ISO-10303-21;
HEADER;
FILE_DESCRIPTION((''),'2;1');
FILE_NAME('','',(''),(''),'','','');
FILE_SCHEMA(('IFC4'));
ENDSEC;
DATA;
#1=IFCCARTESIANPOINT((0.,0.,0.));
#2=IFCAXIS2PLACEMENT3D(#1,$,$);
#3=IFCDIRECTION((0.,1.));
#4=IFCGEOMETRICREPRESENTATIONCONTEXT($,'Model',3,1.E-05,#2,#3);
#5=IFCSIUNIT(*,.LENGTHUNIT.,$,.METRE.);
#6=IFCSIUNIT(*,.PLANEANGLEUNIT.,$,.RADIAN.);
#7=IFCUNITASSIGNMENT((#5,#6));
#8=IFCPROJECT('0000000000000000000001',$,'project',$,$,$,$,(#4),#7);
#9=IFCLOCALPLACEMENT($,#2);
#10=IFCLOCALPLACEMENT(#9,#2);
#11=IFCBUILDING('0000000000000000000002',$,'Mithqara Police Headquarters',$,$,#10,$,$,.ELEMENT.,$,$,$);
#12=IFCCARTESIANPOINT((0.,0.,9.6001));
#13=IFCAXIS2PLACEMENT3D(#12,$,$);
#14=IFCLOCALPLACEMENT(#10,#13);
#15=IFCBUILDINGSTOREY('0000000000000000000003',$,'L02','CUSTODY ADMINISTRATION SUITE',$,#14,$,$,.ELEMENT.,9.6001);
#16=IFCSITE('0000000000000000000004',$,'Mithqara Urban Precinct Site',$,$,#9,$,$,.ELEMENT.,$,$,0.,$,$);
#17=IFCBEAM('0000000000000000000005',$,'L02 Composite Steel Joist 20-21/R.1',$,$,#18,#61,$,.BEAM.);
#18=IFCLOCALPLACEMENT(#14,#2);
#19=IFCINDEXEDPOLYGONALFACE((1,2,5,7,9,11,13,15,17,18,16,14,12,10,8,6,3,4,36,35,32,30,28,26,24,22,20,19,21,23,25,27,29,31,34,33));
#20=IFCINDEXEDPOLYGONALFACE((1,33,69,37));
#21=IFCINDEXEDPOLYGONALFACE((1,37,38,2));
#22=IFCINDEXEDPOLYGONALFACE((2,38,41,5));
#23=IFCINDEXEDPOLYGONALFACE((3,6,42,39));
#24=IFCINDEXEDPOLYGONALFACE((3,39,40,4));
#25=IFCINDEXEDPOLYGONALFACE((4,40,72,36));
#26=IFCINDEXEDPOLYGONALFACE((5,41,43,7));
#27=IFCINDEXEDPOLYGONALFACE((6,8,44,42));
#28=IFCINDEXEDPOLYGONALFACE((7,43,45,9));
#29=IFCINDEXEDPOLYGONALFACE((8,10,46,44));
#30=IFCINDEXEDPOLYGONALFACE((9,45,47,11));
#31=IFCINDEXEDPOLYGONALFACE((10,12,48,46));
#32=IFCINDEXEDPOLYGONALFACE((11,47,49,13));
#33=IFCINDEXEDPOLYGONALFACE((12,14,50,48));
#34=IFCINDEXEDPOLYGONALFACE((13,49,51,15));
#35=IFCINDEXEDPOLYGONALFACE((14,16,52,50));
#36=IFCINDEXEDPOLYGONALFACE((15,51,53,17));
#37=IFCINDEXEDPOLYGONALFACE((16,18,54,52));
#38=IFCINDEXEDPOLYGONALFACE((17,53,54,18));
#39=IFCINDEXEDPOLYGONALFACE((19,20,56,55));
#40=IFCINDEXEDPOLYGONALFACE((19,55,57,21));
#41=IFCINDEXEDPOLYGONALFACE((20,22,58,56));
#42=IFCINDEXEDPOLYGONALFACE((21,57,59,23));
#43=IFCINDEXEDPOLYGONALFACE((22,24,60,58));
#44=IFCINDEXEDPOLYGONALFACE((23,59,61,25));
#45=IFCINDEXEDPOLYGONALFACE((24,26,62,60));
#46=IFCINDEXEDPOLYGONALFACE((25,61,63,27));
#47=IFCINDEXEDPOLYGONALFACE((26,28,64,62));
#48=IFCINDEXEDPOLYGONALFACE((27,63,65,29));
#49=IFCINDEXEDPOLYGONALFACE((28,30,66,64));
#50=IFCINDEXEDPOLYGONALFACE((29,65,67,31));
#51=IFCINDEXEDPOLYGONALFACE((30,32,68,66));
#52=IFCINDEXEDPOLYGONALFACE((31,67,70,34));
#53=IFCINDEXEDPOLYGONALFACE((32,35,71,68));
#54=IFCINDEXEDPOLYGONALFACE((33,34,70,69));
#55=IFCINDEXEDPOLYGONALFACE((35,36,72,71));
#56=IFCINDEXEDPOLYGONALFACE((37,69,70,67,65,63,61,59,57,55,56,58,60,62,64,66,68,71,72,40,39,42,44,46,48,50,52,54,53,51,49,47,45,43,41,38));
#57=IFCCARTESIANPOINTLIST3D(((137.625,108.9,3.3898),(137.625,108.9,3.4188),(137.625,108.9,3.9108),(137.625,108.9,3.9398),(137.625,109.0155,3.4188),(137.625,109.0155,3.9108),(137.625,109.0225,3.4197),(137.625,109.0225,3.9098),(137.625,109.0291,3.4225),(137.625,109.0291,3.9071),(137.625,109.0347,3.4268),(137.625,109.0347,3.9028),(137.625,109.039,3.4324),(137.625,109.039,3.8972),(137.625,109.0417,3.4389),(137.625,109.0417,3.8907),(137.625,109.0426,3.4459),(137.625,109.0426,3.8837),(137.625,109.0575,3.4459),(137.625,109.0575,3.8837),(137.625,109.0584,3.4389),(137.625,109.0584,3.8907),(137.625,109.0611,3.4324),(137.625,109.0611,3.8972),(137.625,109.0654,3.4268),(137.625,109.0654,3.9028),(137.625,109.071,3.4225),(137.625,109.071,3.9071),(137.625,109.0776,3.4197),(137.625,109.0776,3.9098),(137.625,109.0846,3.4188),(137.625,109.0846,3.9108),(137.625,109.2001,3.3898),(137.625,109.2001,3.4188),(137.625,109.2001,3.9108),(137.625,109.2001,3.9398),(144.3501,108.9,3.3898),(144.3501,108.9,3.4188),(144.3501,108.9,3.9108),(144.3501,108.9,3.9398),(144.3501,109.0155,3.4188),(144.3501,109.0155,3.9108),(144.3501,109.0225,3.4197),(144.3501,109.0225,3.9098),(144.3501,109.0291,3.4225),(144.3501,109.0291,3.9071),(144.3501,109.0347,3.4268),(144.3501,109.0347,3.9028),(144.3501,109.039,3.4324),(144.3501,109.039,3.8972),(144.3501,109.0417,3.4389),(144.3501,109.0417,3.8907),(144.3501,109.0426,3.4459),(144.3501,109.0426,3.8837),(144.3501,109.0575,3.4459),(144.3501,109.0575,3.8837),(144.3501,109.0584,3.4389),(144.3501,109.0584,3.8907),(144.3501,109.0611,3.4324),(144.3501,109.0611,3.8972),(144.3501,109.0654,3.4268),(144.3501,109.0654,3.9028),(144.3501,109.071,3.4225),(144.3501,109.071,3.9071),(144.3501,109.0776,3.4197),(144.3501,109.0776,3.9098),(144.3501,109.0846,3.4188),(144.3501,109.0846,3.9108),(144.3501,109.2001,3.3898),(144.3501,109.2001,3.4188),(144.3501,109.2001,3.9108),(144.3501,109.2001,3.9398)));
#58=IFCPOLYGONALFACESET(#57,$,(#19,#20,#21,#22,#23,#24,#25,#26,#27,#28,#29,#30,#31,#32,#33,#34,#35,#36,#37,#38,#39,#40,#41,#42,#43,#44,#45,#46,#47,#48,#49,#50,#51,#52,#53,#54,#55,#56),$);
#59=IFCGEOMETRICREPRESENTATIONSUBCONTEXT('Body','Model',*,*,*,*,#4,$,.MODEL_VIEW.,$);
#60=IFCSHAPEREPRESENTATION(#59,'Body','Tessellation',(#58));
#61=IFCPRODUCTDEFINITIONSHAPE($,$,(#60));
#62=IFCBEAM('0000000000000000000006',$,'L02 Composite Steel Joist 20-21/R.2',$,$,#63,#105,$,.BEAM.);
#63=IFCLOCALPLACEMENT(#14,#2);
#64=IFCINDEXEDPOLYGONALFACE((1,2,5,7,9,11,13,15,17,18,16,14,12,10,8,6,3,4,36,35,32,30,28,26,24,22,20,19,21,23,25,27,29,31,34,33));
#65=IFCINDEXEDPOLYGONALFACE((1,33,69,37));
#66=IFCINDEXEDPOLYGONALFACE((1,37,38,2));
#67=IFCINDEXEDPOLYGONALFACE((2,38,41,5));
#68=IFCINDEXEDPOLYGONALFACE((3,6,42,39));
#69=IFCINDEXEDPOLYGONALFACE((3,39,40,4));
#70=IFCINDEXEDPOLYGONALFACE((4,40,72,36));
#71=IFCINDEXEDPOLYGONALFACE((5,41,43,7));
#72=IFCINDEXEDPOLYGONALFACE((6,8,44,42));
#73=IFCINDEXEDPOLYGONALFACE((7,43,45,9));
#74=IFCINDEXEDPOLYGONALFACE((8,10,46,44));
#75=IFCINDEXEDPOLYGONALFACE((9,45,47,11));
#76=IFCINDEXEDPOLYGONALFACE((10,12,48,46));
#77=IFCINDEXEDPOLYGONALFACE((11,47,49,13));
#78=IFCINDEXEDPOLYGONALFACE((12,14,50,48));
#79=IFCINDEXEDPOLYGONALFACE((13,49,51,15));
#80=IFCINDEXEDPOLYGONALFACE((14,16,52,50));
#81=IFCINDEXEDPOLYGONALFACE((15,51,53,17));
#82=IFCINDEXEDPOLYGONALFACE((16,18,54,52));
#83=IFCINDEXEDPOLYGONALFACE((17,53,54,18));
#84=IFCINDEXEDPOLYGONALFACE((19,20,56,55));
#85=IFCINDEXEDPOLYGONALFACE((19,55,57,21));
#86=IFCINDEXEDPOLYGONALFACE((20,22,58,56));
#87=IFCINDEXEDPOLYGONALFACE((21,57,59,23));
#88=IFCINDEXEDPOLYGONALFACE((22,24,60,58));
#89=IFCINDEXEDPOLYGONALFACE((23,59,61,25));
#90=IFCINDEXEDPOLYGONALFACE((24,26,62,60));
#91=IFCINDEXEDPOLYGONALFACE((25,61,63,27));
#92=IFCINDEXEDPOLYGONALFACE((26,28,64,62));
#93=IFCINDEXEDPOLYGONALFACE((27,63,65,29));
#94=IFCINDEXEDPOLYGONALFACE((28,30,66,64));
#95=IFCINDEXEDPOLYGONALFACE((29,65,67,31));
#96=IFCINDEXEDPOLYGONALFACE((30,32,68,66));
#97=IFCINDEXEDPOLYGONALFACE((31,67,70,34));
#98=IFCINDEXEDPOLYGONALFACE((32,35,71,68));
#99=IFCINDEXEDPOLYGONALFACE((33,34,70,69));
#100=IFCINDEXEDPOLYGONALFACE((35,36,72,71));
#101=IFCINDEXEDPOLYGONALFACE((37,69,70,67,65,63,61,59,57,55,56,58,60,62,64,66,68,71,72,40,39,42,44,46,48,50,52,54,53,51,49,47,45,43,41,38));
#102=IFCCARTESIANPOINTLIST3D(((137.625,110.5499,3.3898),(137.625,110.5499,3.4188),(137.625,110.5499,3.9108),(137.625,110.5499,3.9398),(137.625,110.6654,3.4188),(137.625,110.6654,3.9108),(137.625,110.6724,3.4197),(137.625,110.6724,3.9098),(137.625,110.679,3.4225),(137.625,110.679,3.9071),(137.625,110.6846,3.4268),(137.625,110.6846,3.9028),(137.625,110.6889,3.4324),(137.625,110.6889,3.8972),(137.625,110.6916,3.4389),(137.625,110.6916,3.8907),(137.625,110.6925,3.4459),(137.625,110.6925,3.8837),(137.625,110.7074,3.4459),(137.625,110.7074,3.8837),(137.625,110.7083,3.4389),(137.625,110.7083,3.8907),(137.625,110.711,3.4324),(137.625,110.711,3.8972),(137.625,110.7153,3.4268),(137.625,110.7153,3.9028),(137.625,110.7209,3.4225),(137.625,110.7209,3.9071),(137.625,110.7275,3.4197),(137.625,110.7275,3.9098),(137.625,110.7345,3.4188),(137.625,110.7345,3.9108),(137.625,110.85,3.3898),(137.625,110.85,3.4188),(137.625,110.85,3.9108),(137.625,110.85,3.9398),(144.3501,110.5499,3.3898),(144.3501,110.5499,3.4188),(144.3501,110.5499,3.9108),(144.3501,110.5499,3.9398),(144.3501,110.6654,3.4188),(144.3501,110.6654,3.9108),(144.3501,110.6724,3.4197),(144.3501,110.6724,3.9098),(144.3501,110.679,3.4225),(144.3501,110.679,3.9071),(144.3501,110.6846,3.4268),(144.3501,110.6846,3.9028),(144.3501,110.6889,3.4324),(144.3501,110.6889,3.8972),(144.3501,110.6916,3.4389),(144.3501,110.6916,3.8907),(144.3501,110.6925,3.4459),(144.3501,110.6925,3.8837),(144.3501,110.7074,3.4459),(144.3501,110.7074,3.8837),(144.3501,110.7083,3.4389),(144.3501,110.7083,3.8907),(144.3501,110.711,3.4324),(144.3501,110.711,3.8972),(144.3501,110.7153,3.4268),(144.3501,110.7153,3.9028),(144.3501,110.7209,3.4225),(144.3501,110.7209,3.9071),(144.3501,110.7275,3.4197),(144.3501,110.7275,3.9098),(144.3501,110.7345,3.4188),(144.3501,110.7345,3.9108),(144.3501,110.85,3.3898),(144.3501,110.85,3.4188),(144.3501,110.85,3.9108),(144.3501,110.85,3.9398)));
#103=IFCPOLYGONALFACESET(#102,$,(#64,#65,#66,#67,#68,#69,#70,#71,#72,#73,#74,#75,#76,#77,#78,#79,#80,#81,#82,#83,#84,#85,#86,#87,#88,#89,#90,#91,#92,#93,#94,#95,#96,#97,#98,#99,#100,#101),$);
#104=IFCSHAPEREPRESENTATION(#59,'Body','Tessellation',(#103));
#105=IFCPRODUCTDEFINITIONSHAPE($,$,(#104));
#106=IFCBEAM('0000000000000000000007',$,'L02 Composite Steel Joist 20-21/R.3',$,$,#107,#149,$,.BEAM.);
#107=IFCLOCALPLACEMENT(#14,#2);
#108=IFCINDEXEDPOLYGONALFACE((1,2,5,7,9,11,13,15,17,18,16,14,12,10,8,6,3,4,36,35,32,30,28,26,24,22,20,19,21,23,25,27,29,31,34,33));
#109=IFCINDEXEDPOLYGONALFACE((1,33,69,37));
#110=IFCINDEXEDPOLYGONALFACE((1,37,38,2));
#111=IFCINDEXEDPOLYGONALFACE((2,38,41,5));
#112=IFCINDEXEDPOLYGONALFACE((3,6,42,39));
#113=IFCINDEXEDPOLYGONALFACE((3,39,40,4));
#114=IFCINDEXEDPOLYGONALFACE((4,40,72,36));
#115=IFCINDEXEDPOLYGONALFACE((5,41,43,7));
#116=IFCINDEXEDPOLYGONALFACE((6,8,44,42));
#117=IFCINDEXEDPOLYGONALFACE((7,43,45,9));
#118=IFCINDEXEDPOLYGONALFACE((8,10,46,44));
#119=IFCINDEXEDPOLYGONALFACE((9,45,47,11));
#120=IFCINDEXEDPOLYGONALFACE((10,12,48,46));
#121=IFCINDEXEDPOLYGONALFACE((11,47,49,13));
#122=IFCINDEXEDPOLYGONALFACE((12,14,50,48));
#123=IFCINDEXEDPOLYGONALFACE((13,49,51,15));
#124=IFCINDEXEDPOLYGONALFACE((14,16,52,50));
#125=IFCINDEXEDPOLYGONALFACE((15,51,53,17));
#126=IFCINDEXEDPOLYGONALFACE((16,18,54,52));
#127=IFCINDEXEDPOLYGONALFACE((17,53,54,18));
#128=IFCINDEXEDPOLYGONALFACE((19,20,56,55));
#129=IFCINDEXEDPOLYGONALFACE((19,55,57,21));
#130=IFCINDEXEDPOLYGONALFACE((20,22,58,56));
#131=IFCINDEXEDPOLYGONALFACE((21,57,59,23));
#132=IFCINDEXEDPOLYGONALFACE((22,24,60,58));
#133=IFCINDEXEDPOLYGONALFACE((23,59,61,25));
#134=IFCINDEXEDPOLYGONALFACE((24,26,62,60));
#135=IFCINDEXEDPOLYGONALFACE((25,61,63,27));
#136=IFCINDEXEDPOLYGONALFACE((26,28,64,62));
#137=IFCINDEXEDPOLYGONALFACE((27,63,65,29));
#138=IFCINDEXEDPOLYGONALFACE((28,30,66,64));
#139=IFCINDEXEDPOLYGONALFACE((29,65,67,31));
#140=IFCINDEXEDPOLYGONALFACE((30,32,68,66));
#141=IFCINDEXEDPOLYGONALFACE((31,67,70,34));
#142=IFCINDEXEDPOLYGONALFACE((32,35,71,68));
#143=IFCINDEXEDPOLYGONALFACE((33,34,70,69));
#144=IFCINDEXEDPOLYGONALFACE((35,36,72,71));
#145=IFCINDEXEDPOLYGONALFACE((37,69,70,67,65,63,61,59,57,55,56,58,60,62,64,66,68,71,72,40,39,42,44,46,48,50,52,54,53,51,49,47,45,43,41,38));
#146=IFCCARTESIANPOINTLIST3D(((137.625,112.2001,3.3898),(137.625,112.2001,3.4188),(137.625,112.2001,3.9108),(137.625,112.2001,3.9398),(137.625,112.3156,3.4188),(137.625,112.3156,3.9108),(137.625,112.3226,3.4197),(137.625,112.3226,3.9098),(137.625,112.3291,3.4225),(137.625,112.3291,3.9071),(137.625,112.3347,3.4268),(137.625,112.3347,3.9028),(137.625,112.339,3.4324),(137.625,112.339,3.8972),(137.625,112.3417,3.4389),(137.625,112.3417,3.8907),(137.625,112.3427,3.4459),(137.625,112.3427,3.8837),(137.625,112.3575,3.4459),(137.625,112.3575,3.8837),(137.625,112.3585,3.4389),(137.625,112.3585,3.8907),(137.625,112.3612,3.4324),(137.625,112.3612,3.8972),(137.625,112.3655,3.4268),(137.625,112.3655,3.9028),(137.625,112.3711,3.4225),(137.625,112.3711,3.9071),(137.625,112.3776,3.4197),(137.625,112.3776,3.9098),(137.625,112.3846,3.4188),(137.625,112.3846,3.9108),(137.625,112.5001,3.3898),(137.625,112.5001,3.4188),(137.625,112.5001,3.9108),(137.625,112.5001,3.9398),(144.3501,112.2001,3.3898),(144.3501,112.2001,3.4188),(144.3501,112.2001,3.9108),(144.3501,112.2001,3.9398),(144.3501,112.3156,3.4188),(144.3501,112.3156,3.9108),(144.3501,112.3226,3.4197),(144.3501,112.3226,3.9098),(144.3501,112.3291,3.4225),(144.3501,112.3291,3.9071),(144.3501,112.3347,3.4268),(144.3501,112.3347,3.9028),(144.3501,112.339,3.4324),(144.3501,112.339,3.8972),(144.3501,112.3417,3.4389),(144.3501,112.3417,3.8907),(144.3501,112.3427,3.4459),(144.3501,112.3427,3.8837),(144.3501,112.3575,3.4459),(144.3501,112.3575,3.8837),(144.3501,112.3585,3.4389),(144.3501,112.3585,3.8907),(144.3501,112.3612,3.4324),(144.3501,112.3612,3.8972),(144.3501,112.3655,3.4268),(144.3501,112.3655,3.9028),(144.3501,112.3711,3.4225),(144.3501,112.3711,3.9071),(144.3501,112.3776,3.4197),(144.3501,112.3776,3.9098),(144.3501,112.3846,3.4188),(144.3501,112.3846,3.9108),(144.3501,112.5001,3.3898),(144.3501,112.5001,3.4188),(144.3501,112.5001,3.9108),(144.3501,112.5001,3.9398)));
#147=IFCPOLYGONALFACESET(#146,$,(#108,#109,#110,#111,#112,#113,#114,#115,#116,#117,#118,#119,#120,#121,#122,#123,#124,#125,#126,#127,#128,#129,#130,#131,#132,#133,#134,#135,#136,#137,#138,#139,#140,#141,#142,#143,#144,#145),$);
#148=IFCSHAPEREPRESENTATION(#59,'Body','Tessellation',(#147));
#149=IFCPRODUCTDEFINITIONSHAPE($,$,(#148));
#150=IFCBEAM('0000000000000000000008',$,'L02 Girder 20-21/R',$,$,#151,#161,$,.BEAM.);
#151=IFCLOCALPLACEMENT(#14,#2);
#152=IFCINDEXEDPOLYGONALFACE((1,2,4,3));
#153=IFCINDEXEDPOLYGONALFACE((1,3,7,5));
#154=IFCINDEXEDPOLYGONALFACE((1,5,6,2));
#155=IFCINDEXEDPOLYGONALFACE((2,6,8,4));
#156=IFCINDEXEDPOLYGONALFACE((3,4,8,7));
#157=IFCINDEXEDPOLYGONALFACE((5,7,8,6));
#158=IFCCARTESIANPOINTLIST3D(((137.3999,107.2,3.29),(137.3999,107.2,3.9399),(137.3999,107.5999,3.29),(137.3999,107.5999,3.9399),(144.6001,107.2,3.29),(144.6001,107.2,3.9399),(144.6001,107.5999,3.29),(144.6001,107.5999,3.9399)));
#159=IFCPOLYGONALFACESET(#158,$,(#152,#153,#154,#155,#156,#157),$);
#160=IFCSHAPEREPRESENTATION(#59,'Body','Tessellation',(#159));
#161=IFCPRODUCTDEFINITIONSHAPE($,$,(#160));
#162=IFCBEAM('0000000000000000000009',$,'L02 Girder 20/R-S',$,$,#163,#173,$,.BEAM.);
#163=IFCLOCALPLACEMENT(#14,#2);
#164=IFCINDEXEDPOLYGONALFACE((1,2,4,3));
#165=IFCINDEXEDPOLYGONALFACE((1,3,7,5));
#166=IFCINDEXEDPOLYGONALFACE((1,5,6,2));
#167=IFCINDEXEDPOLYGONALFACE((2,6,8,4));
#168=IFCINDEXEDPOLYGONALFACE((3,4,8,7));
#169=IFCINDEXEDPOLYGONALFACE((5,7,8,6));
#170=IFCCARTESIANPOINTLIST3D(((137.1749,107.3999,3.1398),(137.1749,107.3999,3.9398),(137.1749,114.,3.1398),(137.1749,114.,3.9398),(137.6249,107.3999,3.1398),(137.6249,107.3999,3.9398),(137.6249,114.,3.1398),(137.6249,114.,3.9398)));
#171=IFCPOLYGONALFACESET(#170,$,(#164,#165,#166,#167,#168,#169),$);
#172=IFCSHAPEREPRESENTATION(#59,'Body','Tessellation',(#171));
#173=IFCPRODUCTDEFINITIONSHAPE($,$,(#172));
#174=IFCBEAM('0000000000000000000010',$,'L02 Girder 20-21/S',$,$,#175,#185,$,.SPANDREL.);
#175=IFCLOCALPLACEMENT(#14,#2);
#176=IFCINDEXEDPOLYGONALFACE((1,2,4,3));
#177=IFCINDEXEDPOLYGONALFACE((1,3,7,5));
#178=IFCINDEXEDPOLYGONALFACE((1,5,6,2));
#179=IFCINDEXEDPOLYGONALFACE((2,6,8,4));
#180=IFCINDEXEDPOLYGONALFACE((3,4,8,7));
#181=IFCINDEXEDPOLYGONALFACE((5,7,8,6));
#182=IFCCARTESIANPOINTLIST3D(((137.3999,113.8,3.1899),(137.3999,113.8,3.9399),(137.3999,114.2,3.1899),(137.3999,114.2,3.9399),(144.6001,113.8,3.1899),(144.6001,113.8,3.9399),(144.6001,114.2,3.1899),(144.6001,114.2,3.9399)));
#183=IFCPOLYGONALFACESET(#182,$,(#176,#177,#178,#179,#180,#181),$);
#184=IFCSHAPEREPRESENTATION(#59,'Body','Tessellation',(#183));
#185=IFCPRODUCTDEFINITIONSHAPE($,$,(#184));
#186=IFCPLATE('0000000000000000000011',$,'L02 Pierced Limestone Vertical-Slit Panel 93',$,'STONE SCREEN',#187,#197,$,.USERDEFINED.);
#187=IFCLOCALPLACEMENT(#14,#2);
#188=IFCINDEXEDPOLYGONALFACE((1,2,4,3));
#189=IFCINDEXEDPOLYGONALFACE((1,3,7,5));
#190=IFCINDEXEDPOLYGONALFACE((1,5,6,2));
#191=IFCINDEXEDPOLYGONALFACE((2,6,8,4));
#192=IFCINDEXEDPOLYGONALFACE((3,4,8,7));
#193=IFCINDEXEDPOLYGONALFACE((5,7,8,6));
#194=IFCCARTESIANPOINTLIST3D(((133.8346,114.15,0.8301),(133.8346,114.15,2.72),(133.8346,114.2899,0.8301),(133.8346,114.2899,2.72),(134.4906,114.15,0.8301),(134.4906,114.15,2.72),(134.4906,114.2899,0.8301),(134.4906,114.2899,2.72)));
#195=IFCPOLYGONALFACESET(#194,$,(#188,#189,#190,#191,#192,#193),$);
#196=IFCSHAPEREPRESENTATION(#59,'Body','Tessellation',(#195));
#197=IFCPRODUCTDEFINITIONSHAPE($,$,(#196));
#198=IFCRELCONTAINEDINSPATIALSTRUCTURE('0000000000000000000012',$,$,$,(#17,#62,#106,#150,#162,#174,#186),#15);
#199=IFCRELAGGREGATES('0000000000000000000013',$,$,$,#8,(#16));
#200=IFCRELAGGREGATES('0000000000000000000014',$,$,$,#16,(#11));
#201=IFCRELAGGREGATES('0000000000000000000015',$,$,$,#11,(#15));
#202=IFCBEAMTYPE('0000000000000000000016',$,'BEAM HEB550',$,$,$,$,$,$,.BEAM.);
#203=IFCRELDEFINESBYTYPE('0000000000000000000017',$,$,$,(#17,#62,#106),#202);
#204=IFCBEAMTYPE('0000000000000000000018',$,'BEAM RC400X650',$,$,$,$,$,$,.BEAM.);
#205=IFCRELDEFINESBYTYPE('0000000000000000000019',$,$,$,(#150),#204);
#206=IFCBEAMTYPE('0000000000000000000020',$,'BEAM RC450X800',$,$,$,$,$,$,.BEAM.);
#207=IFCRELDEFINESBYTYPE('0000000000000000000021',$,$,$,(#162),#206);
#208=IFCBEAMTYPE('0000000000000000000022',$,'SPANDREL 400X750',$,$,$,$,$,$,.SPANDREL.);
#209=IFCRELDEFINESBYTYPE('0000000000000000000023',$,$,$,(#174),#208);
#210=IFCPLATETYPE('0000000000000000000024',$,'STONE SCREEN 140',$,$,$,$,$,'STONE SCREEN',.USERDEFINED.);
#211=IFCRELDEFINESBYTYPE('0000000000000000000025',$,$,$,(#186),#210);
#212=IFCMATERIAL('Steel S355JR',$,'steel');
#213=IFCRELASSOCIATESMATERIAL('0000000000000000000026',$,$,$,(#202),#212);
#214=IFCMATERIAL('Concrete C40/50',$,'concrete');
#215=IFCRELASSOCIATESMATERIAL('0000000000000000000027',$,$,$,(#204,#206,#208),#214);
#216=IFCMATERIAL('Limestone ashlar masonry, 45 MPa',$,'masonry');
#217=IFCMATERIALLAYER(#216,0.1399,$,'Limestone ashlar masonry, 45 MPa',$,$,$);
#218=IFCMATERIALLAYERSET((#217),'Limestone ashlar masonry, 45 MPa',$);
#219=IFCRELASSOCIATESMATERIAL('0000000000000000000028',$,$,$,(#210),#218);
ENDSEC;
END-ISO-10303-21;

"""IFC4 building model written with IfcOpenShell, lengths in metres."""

from ifc_helpers import new_model, si_unit, direction, frame, origin, origin_2d, place, context, subcontext, project, spatial, rectangle, i_section, extrude, material, layer, layer_set, material_profile, profile_set, type_object, element, save


model = new_model("IFC4")

# Units and contexts
model_context = context("Model", 3, precision=1e-05, world=origin(), true_north=direction((0.0, 1.0)))
body_context = subcontext(model_context, "Body", "Model", "MODEL_VIEW")
ifc_project = project(units=[si_unit("LENGTHUNIT", "METRE"), si_unit("PLANEANGLEUNIT", "RADIAN")], contexts=[model_context])

# Site, building, storey
site_placement = place(None, origin())
site = spatial("IfcSite", under=ifc_project, at=site_placement, Name="Mithqara Urban Precinct Site", CompositionType="ELEMENT", RefElevation=0.0)
building_placement = place(site_placement, origin())
building = spatial("IfcBuilding", under=site, at=building_placement, Name="Mithqara Police Headquarters", CompositionType="ELEMENT")
storey_placement = place(building_placement, frame((0.0, 0.0, 9.6001)))
storey = spatial("IfcBuildingStorey", under=building, at=storey_placement, Name="L02", Description="CUSTODY ADMINISTRATION SUITE", CompositionType="ELEMENT", Elevation=9.6001)

# Beams
ifc_material_1 = material(Name="Steel S355JR", Category="steel")
ifc_material_profile_1 = material_profile(ifc_material_1, i_section(OverallWidth=0.3, OverallDepth=0.55, WebThickness=0.0149, FlangeThickness=0.0291, FilletRadius=0.0271, at=origin_2d()), Name="HEB 550")
ifc_profile_set_1 = profile_set([ifc_material_profile_1], Name="Steel S355JR")
beam_type_1 = type_object("IfcBeamType", Name="BEAM HEB550", PredefinedType="BEAM", material=ifc_profile_set_1)
for number, where, z_axis, x_axis, name in (
    (1, (137.625, 109.05, 3.6648), (1.0, 0.0, 0.0), (0.0, 1.0, 0.0), "L02 Composite Steel Joist 20-21/R.1"),
    (2, (137.625, 110.7, 3.6648), (1.0, 0.0, 0.0), (0.0, 1.0, 0.0), "L02 Composite Steel Joist 20-21/R.2"),
    (3, (137.625, 112.3501, 3.6648), (1.0, 0.0, 0.0), (0.0, 1.0, 0.0), "L02 Composite Steel Joist 20-21/R.3"),
):
    element("IfcBeam", number, at=place(storey_placement, frame(where, z_axis=z_axis, x_axis=x_axis)), inside=storey, type_object=beam_type_1, Name=name, PredefinedType="BEAM", context=body_context, shape_type="SweptSolid", body=[
        extrude(i_section(OverallWidth=0.3, OverallDepth=0.55, WebThickness=0.0149, FlangeThickness=0.0291, FilletRadius=0.0271, at=origin_2d()), origin(), (0.0, 0.0, 1.0), 6.7251),
    ])
ifc_material_2 = material(Name="Concrete C40/50", Category="concrete")
ifc_material_profile_2 = material_profile(ifc_material_2, rectangle(XDim=0.3999, YDim=0.6499, at=origin_2d()), Name="RC 400x650")
ifc_profile_set_2 = profile_set([ifc_material_profile_2], Name="Concrete C40/50")
beam_type_2 = type_object("IfcBeamType", Name="BEAM RC400X650", PredefinedType="BEAM", material=ifc_profile_set_2)
beam_1_placement = place(storey_placement, frame((137.3999, 107.3999, 3.615), z_axis=(1.0, 0.0, 0.0), x_axis=(0.0, 1.0, 0.0)))
element("IfcBeam", 4, at=beam_1_placement, inside=storey, type_object=beam_type_2, Name="L02 Girder 20-21/R", PredefinedType="BEAM", context=body_context, shape_type="SweptSolid", body=[
    extrude(rectangle(XDim=0.3999, YDim=0.6499, at=origin_2d()), origin(), (0.0, 0.0, 1.0), 7.2002),
])
ifc_material_profile_3 = material_profile(ifc_material_2, rectangle(XDim=0.45, YDim=0.8, at=origin_2d()), Name="RC 450x800")
ifc_profile_set_3 = profile_set([ifc_material_profile_3], Name="Concrete C40/50")
beam_type_3 = type_object("IfcBeamType", Name="BEAM RC450X800", PredefinedType="BEAM", material=ifc_profile_set_3)
beam_2_placement = place(storey_placement, frame((137.3999, 107.3999, 3.5398), z_axis=(0.0, 1.0, 0.0), x_axis=(-1.0, 0.0, 0.0)))
element("IfcBeam", 5, at=beam_2_placement, inside=storey, type_object=beam_type_3, Name="L02 Girder 20/R-S", PredefinedType="BEAM", context=body_context, shape_type="SweptSolid", body=[
    extrude(rectangle(XDim=0.45, YDim=0.8, at=origin_2d()), origin(), (0.0, 0.0, 1.0), 6.6001),
])
ifc_material_profile_4 = material_profile(ifc_material_2, rectangle(XDim=0.3999, YDim=0.75, at=origin_2d()), Name="SPB 400x750")
ifc_profile_set_4 = profile_set([ifc_material_profile_4], Name="Concrete C40/50")
beam_type_4 = type_object("IfcBeamType", Name="SPANDREL 400X750", PredefinedType="SPANDREL", material=ifc_profile_set_4)
beam_3_placement = place(storey_placement, frame((137.3999, 114.0, 3.5649), z_axis=(1.0, 0.0, 0.0), x_axis=(0.0, 1.0, 0.0)))
element("IfcBeam", 6, at=beam_3_placement, inside=storey, type_object=beam_type_4, Name="L02 Girder 20-21/S", PredefinedType="SPANDREL", context=body_context, shape_type="SweptSolid", body=[
    extrude(rectangle(XDim=0.3999, YDim=0.75, at=origin_2d()), origin(), (0.0, 0.0, 1.0), 7.2002),
])

# Plate
ifc_material_3 = material(Name="Limestone ashlar masonry, 45 MPa", Category="masonry")
ifc_layer_1 = layer(ifc_material_3, 0.1399, Name="Limestone ashlar masonry, 45 MPa")
ifc_layer_set_1 = layer_set([ifc_layer_1], Name="Limestone ashlar masonry, 45 MPa")
plate_type = type_object("IfcPlateType", Name="STONE SCREEN 140", ElementType="STONE SCREEN", PredefinedType="USERDEFINED", material=ifc_layer_set_1)
for number, where, z_axis, x_axis, name in (
    (7, (134.1626, 114.22, 0.8301), (0.0, 0.0, 1.0), (1.0, 0.0, 0.0), "L02 Pierced Limestone Vertical-Slit Panel 93"),
):
    element("IfcPlate", number, at=place(storey_placement, frame(where, z_axis=z_axis, x_axis=x_axis)), inside=storey, type_object=plate_type, Name=name, ObjectType="STONE SCREEN", PredefinedType="USERDEFINED", context=body_context, shape_type="SweptSolid", body=[
        extrude(rectangle(XDim=0.656, YDim=0.1399, at=origin_2d()), origin(), (0.0, 0.0, 1.0), 1.8899),
    ])

save(model, "model.ifc")
